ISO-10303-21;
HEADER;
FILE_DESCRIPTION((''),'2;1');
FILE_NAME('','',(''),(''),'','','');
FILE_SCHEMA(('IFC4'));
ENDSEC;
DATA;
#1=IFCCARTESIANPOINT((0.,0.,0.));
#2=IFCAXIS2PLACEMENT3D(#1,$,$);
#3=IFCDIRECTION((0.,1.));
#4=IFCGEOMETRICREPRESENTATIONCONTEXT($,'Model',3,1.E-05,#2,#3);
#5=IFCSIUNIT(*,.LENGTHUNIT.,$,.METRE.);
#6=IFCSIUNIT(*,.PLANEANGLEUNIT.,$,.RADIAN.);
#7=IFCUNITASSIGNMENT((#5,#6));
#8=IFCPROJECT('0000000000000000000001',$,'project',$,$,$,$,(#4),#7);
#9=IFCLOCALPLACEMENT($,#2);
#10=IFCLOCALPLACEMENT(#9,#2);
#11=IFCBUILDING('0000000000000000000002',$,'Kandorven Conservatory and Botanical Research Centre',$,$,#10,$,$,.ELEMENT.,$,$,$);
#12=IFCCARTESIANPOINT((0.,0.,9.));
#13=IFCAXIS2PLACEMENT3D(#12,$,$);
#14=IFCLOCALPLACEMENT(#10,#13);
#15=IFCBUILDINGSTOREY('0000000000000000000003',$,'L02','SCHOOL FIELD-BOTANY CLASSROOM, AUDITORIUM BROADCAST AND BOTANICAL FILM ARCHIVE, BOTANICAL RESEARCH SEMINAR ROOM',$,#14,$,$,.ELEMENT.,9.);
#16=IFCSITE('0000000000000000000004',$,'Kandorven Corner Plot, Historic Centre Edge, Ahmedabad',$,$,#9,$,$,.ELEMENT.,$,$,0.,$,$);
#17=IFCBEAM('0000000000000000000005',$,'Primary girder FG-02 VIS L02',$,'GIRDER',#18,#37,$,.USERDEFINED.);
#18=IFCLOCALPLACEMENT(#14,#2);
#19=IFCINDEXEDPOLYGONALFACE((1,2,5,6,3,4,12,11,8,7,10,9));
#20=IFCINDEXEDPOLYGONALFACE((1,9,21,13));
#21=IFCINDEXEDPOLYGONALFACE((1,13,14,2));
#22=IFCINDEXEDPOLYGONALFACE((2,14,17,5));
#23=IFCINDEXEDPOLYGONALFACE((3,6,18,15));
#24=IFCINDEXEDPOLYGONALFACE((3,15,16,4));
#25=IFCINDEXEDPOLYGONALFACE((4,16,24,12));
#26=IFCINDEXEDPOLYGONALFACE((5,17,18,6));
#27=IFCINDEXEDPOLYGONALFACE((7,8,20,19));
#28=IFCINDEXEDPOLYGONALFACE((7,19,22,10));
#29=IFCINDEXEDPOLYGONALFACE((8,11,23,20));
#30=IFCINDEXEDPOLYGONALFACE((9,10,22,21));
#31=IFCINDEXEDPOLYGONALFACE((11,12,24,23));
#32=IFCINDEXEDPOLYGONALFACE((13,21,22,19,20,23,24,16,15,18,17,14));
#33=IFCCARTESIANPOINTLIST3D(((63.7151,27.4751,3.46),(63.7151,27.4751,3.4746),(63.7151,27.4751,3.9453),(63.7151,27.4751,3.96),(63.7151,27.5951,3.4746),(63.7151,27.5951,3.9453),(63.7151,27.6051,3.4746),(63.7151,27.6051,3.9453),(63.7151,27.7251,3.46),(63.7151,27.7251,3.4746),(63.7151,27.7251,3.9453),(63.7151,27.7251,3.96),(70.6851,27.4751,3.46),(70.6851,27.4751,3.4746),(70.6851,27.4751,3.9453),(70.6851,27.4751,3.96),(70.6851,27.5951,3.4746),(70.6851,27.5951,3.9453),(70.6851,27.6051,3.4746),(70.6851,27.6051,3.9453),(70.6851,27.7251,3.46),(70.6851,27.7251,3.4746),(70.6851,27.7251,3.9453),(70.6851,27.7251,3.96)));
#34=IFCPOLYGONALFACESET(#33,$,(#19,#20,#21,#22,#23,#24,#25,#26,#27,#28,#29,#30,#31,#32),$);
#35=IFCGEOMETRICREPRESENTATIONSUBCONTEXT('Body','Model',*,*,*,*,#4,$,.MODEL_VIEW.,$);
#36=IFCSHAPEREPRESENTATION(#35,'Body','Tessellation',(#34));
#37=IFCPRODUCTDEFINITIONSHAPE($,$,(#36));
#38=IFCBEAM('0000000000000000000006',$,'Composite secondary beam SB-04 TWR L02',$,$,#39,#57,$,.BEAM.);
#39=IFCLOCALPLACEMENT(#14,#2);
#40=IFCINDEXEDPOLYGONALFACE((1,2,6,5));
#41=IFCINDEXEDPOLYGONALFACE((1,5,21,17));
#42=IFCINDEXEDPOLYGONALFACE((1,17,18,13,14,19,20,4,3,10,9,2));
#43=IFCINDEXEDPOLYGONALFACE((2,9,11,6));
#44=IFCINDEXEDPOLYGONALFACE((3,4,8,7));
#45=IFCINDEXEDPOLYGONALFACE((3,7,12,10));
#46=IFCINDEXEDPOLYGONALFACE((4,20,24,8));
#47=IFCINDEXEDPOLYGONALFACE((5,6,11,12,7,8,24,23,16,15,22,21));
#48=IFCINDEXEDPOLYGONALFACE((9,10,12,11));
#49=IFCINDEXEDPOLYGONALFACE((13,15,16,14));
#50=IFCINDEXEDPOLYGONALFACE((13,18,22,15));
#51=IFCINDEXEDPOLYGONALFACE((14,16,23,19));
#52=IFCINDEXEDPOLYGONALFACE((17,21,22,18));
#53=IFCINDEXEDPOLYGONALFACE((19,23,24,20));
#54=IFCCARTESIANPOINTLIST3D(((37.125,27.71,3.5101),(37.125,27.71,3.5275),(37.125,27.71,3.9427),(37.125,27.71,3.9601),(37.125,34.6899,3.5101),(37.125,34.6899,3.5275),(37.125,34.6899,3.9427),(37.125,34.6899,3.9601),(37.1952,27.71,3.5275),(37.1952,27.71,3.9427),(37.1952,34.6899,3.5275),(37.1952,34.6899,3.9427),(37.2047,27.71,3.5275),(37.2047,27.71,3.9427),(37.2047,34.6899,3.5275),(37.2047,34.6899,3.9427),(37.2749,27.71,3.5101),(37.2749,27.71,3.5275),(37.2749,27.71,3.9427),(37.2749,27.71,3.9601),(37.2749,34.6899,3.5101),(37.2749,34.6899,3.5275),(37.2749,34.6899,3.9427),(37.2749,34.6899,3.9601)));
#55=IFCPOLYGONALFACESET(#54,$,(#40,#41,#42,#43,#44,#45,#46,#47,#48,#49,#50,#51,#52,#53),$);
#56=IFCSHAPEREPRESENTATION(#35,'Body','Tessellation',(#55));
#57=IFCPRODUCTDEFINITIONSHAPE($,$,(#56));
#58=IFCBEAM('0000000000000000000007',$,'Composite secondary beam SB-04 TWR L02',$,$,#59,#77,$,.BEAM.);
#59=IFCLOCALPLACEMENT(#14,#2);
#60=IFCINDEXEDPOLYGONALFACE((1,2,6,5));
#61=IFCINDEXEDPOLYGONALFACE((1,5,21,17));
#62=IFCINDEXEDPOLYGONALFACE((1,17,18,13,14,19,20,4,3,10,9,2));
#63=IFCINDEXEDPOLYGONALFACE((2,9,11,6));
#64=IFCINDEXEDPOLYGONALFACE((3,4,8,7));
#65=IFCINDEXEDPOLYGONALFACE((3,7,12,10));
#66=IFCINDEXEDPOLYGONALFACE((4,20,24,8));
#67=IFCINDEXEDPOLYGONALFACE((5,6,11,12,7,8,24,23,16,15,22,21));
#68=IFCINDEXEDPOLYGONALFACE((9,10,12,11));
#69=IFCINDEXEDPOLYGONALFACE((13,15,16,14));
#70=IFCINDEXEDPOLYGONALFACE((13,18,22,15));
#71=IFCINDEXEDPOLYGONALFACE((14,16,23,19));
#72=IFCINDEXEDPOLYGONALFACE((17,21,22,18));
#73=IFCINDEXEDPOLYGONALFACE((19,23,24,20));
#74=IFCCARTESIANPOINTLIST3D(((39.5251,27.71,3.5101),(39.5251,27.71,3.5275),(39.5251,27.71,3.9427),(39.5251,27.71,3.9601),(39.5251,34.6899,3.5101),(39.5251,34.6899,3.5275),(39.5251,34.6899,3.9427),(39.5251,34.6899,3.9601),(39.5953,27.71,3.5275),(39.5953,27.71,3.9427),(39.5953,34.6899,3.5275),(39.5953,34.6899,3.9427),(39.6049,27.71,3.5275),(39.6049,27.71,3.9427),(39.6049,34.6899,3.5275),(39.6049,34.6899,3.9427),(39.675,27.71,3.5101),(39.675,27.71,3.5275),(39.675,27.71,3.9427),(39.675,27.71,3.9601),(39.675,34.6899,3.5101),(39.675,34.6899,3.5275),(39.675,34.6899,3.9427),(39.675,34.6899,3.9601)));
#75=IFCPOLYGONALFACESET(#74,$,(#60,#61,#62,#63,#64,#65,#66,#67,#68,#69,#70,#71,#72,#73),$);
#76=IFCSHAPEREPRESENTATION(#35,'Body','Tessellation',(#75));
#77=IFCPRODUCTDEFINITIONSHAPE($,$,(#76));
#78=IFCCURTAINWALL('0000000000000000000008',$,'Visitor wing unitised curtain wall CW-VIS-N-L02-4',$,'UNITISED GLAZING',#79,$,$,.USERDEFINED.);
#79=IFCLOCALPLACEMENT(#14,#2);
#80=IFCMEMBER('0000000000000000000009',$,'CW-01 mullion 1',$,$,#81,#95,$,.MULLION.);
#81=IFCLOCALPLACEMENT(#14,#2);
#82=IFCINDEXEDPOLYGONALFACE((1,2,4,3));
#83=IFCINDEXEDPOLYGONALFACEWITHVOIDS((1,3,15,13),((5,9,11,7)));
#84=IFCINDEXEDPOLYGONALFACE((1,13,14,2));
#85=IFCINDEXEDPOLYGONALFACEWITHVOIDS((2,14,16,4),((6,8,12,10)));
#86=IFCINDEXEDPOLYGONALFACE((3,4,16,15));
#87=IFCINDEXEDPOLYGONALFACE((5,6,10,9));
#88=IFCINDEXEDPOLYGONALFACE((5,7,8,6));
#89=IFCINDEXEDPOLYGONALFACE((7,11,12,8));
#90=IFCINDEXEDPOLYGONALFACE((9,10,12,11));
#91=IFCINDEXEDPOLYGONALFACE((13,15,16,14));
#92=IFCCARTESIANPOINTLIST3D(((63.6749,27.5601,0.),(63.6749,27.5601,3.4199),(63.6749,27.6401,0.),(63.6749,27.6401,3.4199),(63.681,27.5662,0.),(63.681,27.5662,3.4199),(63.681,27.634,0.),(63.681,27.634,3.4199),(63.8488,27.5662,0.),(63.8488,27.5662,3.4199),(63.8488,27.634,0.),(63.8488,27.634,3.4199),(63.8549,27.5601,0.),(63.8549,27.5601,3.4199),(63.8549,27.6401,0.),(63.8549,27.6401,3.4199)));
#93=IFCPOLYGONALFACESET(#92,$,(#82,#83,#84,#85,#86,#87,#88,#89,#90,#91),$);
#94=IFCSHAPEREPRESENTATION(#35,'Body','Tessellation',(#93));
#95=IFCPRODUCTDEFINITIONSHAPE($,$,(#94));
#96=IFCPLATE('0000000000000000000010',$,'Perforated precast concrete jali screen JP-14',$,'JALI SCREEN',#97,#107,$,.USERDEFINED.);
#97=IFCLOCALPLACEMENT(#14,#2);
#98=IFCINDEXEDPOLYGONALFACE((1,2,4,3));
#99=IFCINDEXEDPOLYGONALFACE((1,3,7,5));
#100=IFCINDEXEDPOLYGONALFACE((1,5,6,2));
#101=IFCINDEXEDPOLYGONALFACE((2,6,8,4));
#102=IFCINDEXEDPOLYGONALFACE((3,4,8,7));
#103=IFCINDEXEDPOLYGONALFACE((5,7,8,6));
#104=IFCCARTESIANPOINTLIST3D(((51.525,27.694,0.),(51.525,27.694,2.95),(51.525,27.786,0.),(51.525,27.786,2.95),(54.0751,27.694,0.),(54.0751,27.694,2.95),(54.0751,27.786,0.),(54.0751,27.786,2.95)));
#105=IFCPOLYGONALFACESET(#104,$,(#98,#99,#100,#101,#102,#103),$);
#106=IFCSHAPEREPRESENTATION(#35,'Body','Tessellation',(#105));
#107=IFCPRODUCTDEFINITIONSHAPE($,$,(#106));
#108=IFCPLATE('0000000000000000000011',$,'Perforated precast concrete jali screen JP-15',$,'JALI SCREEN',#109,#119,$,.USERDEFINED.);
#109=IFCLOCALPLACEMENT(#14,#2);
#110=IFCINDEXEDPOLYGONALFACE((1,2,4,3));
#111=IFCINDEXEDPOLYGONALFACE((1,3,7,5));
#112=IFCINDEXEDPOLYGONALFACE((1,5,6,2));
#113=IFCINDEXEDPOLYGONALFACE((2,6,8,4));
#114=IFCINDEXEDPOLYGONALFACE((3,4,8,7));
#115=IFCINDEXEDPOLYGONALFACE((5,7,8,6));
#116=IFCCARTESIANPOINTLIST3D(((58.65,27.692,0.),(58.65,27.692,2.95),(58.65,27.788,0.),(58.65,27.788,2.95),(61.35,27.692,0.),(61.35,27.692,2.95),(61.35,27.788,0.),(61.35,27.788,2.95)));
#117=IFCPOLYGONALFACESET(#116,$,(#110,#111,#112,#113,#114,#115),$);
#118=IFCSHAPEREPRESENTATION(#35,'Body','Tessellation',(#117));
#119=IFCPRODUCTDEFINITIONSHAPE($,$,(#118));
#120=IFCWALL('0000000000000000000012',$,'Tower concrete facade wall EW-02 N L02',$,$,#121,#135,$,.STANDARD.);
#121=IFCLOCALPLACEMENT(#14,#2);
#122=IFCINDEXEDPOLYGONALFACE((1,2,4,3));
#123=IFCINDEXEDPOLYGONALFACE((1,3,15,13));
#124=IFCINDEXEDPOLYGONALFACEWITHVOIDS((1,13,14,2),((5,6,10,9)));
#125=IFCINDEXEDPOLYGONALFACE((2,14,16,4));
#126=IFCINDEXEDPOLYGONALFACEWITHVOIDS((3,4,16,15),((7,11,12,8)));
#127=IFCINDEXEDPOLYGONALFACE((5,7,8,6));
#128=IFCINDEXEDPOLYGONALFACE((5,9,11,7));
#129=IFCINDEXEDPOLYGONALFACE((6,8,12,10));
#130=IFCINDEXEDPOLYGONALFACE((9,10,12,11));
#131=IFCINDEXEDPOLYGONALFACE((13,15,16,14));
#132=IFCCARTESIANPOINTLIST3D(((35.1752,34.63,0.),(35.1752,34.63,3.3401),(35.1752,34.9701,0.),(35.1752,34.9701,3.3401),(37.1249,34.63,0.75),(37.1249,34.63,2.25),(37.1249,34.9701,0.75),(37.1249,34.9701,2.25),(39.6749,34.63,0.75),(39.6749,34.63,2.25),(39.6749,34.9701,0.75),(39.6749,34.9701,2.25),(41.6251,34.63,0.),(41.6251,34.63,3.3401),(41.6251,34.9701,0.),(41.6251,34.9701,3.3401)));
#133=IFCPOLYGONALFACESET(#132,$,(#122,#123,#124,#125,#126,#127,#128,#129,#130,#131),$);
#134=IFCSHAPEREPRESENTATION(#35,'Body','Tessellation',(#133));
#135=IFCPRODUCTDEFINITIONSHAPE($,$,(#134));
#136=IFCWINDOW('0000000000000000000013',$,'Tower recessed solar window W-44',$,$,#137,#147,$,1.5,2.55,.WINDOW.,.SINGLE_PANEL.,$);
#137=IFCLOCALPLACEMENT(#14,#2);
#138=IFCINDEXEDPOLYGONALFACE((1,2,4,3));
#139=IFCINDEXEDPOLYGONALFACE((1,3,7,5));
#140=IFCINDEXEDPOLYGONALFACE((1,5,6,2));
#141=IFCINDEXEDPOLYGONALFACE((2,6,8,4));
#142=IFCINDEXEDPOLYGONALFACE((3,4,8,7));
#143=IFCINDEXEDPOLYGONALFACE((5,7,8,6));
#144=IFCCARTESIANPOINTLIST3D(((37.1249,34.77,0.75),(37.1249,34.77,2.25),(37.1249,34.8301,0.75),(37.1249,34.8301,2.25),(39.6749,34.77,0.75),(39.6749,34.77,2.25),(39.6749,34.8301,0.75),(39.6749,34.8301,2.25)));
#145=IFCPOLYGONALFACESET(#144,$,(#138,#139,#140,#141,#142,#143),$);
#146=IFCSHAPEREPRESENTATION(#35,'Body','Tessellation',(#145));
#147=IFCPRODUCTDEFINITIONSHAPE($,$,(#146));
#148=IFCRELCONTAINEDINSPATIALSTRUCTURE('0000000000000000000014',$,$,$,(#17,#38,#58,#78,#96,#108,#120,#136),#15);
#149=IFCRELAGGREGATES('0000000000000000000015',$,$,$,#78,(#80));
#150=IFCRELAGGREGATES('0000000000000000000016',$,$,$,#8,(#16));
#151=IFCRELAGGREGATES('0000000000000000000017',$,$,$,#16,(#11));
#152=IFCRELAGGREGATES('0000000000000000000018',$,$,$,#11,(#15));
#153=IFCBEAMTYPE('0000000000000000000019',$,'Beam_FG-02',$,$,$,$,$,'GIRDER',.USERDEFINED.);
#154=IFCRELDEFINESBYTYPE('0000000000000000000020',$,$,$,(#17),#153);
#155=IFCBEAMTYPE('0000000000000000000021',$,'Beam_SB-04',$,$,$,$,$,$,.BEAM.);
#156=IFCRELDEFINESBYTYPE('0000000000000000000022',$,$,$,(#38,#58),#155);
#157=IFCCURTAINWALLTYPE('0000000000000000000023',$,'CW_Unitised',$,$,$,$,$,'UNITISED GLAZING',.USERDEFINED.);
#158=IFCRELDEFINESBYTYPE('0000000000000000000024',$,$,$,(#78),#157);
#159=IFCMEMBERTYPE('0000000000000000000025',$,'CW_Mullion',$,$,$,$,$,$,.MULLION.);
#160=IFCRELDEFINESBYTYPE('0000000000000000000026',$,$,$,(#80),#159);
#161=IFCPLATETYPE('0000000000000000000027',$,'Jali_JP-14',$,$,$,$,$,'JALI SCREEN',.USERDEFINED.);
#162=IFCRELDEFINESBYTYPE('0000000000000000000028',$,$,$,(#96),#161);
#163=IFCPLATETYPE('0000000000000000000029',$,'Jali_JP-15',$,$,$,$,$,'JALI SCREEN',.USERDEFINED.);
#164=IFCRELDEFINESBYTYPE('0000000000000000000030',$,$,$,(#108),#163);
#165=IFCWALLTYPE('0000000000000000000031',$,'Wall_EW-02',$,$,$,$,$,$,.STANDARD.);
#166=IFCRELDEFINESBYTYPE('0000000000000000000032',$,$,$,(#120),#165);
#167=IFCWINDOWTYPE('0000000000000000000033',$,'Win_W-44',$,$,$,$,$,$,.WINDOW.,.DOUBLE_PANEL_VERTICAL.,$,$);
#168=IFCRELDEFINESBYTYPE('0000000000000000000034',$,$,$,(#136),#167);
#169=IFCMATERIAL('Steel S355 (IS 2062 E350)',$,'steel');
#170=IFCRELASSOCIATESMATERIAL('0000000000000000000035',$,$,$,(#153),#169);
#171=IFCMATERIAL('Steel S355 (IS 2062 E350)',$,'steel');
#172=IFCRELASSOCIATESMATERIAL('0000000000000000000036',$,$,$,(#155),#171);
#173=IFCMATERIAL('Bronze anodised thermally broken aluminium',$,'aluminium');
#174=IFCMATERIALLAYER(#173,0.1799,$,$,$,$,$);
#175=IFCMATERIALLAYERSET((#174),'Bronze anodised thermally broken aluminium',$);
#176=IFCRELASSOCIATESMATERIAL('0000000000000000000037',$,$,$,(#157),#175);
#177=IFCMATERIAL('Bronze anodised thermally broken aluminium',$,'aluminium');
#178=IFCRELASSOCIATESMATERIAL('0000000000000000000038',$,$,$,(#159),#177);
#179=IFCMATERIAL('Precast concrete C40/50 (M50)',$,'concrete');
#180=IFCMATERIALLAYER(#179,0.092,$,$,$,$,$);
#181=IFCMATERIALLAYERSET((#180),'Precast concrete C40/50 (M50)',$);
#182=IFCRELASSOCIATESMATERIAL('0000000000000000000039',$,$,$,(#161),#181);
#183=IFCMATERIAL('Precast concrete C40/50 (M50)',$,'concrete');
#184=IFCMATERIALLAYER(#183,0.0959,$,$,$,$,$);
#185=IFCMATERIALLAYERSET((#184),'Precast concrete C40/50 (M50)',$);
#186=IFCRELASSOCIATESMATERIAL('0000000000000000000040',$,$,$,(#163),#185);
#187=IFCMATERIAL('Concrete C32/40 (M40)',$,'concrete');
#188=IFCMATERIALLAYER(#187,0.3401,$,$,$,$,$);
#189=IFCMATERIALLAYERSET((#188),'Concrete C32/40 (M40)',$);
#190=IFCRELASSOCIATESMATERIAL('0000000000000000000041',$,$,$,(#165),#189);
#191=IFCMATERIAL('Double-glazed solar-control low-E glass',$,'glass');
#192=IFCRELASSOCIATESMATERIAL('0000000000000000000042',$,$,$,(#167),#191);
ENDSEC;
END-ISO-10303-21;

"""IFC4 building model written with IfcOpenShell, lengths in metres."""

from ifc_helpers import new_model, si_unit, direction, frame, frame_2d, origin, origin_2d, place, context, subcontext, project, spatial, rectangle, hollow_rectangle, i_section, extrude, material, layer, layer_set, material_profile, profile_set, type_object, element, fill, aggregate, save


model = new_model("IFC4")

# Units and contexts
model_context = context("Model", 3, precision=1e-05, world=origin(), true_north=direction((0.0, 1.0)))
body_context = subcontext(model_context, "Body", "Model", "MODEL_VIEW")
ifc_project = project(units=[si_unit("LENGTHUNIT", "METRE"), si_unit("PLANEANGLEUNIT", "RADIAN")], contexts=[model_context])

# Site, building, storey
site_placement = place(None, origin())
site = spatial("IfcSite", under=ifc_project, at=site_placement, Name="Kandorven Corner Plot, Historic Centre Edge, Ahmedabad", CompositionType="ELEMENT", RefElevation=0.0)
building_placement = place(site_placement, origin())
building = spatial("IfcBuilding", under=site, at=building_placement, Name="Kandorven Conservatory and Botanical Research Centre", CompositionType="ELEMENT")
storey_placement = place(building_placement, frame((0.0, 0.0, 9.0)))
storey = spatial("IfcBuildingStorey", under=building, at=storey_placement, Name="L02", Description="SCHOOL FIELD-BOTANY CLASSROOM, AUDITORIUM BROADCAST AND BOTANICAL FILM ARCHIVE, BOTANICAL RESEARCH SEMINAR ROOM", CompositionType="ELEMENT", Elevation=9.0)

# Beams
ifc_material_1 = material(Name="Steel S355 (IS 2062 E350)", Category="steel")
ifc_material_profile_1 = material_profile(ifc_material_1, i_section(OverallWidth=0.25, OverallDepth=0.5, WebThickness=0.01, FlangeThickness=0.0146, at=origin_2d()))
ifc_profile_set_1 = profile_set([ifc_material_profile_1], Name="Steel S355 (IS 2062 E350)")
beam_type_1 = type_object("IfcBeamType", Name="Beam_FG-02", ElementType="GIRDER", PredefinedType="USERDEFINED", material=ifc_profile_set_1)
beam_1_placement = place(storey_placement, frame((63.7151, 27.6001, 3.71), z_axis=(1.0, 0.0, 0.0), x_axis=(0.0, 1.0, 0.0)))
element("IfcBeam", 1, at=beam_1_placement, inside=storey, type_object=beam_type_1, Name="Primary girder FG-02 VIS L02", ObjectType="GIRDER", PredefinedType="USERDEFINED", context=body_context, shape_type="SweptSolid", body=[
    extrude(i_section(OverallWidth=0.25, OverallDepth=0.5, WebThickness=0.01, FlangeThickness=0.0146, at=origin_2d()), origin(), (0.0, 0.0, 1.0), 6.97),
])
ifc_material_2 = material(Name="Steel S355 (IS 2062 E350)", Category="steel")
ifc_material_profile_2 = material_profile(ifc_material_2, i_section(OverallWidth=0.1499, OverallDepth=0.45, WebThickness=0.0095, FlangeThickness=0.0173, at=origin_2d()))
ifc_profile_set_2 = profile_set([ifc_material_profile_2], Name="Steel S355 (IS 2062 E350)")
beam_type_2 = type_object("IfcBeamType", Name="Beam_SB-04", PredefinedType="BEAM", material=ifc_profile_set_2)
for number, where, z_axis, x_axis, name in (
    (2, (37.2, 27.71, 3.7351), (0.0, 1.0, 0.0), (-1.0, 0.0, 0.0), "Composite secondary beam SB-04 TWR L02"),
    (3, (39.6001, 27.71, 3.7351), (0.0, 1.0, 0.0), (-1.0, 0.0, 0.0), "Composite secondary beam SB-04 TWR L02"),
):
    element("IfcBeam", number, at=place(storey_placement, frame(where, z_axis=z_axis, x_axis=x_axis)), inside=storey, type_object=beam_type_2, Name=name, PredefinedType="BEAM", context=body_context, shape_type="SweptSolid", body=[
        extrude(i_section(OverallWidth=0.1499, OverallDepth=0.45, WebThickness=0.0095, FlangeThickness=0.0173, at=origin_2d()), origin(), (0.0, 0.0, 1.0), 6.98),
    ])

# Curtain wall, member
ifc_material_3 = material(Name="Bronze anodised thermally broken aluminium", Category="aluminium")
ifc_layer_1 = layer(ifc_material_3, 0.1799)
ifc_layer_set_1 = layer_set([ifc_layer_1], Name="Bronze anodised thermally broken aluminium")
curtain_wall_type = type_object("IfcCurtainWallType", Name="CW_Unitised", ElementType="UNITISED GLAZING", PredefinedType="USERDEFINED", material=ifc_layer_set_1)
curtain_wall_placement = place(storey_placement, origin())
curtain_wall = element("IfcCurtainWall", 4, at=curtain_wall_placement, inside=storey, type_object=curtain_wall_type, Name="Visitor wing unitised curtain wall CW-VIS-N-L02-4", ObjectType="UNITISED GLAZING", PredefinedType="USERDEFINED")
ifc_material_4 = material(Name="Bronze anodised thermally broken aluminium", Category="aluminium")
ifc_material_profile_3 = material_profile(ifc_material_4, hollow_rectangle(XDim=0.0801, YDim=0.1799, WallThickness=0.0061, at=origin_2d()))
ifc_profile_set_3 = profile_set([ifc_material_profile_3], Name="Bronze anodised thermally broken aluminium")
member_type = type_object("IfcMemberType", Name="CW_Mullion", PredefinedType="MULLION", material=ifc_profile_set_3)
member_placement = place(storey_placement, frame((63.7649, 27.6001, 0.0), z_axis=(0.0, 0.0, 1.0), x_axis=(0.0, 1.0, 0.0)))
member = element("IfcMember", 5, at=member_placement, type_object=member_type, Name="CW-01 mullion 1", PredefinedType="MULLION", context=body_context, shape_type="SweptSolid", body=[
    extrude(hollow_rectangle(XDim=0.0801, YDim=0.1799, WallThickness=0.0061, at=origin_2d()), origin(), (0.0, 0.0, 1.0), 3.4199),
])
aggregate(curtain_wall, [member])

# Plates
ifc_material_5 = material(Name="Precast concrete C40/50 (M50)", Category="concrete")
ifc_layer_2 = layer(ifc_material_5, 0.092)
ifc_layer_set_2 = layer_set([ifc_layer_2], Name="Precast concrete C40/50 (M50)")
plate_type_1 = type_object("IfcPlateType", Name="Jali_JP-14", ElementType="JALI SCREEN", PredefinedType="USERDEFINED", material=ifc_layer_set_2)
plate_1_placement = place(storey_placement, frame((52.8, 27.74, 0.0), z_axis=(0.0, 0.0, 1.0), x_axis=(1.0, 0.0, 0.0)))
element("IfcPlate", 6, at=plate_1_placement, inside=storey, type_object=plate_type_1, Name="Perforated precast concrete jali screen JP-14", ObjectType="JALI SCREEN", PredefinedType="USERDEFINED", context=body_context, shape_type="SweptSolid", body=[
    extrude(rectangle(XDim=2.55, YDim=0.092, at=origin_2d()), origin(), (0.0, 0.0, 1.0), 2.95),
])
ifc_material_6 = material(Name="Precast concrete C40/50 (M50)", Category="concrete")
ifc_layer_3 = layer(ifc_material_6, 0.0959)
ifc_layer_set_3 = layer_set([ifc_layer_3], Name="Precast concrete C40/50 (M50)")
plate_type_2 = type_object("IfcPlateType", Name="Jali_JP-15", ElementType="JALI SCREEN", PredefinedType="USERDEFINED", material=ifc_layer_set_3)
plate_2_placement = place(storey_placement, frame((60.0, 27.74, 0.0), z_axis=(0.0, 0.0, 1.0), x_axis=(1.0, 0.0, 0.0)))
element("IfcPlate", 7, at=plate_2_placement, inside=storey, type_object=plate_type_2, Name="Perforated precast concrete jali screen JP-15", ObjectType="JALI SCREEN", PredefinedType="USERDEFINED", context=body_context, shape_type="SweptSolid", body=[
    extrude(rectangle(XDim=2.7, YDim=0.0959, at=origin_2d()), origin(), (0.0, 0.0, 1.0), 2.95),
])

# Wall, opening, window
ifc_material_7 = material(Name="Concrete C32/40 (M40)", Category="concrete")
ifc_layer_4 = layer(ifc_material_7, 0.3401)
ifc_layer_set_4 = layer_set([ifc_layer_4], Name="Concrete C32/40 (M40)")
wall_type_1 = type_object("IfcWallType", Name="Wall_EW-02", PredefinedType="STANDARD", material=ifc_layer_set_4)
wall_1_placement = place(storey_placement, frame((35.175, 34.8, 0.0), z_axis=(0.0, 0.0, 1.0), x_axis=(1.0, 0.0, 0.0)))
wall_1 = element("IfcWall", 8, at=wall_1_placement, inside=storey, type_object=wall_type_1, Name="Tower concrete facade wall EW-02 N L02", PredefinedType="STANDARD", context=body_context, shape_type="SweptSolid", body=[
    extrude(rectangle(XDim=6.45, YDim=0.3401, at=frame_2d((3.2251, 0.0))), origin(), (0.0, 0.0, 1.0), 3.3401),
])
opening_1_placement = place(wall_1_placement, frame((1.95, 0.0, 0.75)))
opening_1 = element("IfcOpeningElement", 9, at=opening_1_placement, cuts=wall_1, PredefinedType="OPENING", context=body_context, shape_type="SweptSolid", body=[
    extrude(rectangle(XDim=2.55, YDim=1.5, at=frame_2d((1.2749, 0.75))), frame((0.0, 0.1799, 0.0), z_axis=(0.0, -1.0, 0.0), x_axis=(1.0, 0.0, 0.0)), (0.0, 0.0, 1.0), 0.3601),
])
ifc_material_8 = material(Name="Double-glazed solar-control low-E glass", Category="glass")
window_type_1 = type_object("IfcWindowType", Name="Win_W-44", PartitioningType="DOUBLE_PANEL_VERTICAL", PredefinedType="WINDOW", material=ifc_material_8)
window_1_placement = place(opening_1_placement, origin())
window_1 = element("IfcWindow", 10, at=window_1_placement, inside=storey, type_object=window_type_1, Name="Tower recessed solar window W-44", OverallHeight=1.5, OverallWidth=2.55, PartitioningType="SINGLE_PANEL", PredefinedType="WINDOW", context=body_context, shape_type="SweptSolid", body=[
    extrude(rectangle(XDim=2.55, YDim=1.5, at=frame_2d((1.2749, 0.75))), frame((0.0, 0.03, 0.0), z_axis=(0.0, -1.0, 0.0), x_axis=(1.0, 0.0, 0.0)), (0.0, 0.0, 1.0), 0.0601),
])
fill(opening_1, window_1)

save(model, "model.ifc")
